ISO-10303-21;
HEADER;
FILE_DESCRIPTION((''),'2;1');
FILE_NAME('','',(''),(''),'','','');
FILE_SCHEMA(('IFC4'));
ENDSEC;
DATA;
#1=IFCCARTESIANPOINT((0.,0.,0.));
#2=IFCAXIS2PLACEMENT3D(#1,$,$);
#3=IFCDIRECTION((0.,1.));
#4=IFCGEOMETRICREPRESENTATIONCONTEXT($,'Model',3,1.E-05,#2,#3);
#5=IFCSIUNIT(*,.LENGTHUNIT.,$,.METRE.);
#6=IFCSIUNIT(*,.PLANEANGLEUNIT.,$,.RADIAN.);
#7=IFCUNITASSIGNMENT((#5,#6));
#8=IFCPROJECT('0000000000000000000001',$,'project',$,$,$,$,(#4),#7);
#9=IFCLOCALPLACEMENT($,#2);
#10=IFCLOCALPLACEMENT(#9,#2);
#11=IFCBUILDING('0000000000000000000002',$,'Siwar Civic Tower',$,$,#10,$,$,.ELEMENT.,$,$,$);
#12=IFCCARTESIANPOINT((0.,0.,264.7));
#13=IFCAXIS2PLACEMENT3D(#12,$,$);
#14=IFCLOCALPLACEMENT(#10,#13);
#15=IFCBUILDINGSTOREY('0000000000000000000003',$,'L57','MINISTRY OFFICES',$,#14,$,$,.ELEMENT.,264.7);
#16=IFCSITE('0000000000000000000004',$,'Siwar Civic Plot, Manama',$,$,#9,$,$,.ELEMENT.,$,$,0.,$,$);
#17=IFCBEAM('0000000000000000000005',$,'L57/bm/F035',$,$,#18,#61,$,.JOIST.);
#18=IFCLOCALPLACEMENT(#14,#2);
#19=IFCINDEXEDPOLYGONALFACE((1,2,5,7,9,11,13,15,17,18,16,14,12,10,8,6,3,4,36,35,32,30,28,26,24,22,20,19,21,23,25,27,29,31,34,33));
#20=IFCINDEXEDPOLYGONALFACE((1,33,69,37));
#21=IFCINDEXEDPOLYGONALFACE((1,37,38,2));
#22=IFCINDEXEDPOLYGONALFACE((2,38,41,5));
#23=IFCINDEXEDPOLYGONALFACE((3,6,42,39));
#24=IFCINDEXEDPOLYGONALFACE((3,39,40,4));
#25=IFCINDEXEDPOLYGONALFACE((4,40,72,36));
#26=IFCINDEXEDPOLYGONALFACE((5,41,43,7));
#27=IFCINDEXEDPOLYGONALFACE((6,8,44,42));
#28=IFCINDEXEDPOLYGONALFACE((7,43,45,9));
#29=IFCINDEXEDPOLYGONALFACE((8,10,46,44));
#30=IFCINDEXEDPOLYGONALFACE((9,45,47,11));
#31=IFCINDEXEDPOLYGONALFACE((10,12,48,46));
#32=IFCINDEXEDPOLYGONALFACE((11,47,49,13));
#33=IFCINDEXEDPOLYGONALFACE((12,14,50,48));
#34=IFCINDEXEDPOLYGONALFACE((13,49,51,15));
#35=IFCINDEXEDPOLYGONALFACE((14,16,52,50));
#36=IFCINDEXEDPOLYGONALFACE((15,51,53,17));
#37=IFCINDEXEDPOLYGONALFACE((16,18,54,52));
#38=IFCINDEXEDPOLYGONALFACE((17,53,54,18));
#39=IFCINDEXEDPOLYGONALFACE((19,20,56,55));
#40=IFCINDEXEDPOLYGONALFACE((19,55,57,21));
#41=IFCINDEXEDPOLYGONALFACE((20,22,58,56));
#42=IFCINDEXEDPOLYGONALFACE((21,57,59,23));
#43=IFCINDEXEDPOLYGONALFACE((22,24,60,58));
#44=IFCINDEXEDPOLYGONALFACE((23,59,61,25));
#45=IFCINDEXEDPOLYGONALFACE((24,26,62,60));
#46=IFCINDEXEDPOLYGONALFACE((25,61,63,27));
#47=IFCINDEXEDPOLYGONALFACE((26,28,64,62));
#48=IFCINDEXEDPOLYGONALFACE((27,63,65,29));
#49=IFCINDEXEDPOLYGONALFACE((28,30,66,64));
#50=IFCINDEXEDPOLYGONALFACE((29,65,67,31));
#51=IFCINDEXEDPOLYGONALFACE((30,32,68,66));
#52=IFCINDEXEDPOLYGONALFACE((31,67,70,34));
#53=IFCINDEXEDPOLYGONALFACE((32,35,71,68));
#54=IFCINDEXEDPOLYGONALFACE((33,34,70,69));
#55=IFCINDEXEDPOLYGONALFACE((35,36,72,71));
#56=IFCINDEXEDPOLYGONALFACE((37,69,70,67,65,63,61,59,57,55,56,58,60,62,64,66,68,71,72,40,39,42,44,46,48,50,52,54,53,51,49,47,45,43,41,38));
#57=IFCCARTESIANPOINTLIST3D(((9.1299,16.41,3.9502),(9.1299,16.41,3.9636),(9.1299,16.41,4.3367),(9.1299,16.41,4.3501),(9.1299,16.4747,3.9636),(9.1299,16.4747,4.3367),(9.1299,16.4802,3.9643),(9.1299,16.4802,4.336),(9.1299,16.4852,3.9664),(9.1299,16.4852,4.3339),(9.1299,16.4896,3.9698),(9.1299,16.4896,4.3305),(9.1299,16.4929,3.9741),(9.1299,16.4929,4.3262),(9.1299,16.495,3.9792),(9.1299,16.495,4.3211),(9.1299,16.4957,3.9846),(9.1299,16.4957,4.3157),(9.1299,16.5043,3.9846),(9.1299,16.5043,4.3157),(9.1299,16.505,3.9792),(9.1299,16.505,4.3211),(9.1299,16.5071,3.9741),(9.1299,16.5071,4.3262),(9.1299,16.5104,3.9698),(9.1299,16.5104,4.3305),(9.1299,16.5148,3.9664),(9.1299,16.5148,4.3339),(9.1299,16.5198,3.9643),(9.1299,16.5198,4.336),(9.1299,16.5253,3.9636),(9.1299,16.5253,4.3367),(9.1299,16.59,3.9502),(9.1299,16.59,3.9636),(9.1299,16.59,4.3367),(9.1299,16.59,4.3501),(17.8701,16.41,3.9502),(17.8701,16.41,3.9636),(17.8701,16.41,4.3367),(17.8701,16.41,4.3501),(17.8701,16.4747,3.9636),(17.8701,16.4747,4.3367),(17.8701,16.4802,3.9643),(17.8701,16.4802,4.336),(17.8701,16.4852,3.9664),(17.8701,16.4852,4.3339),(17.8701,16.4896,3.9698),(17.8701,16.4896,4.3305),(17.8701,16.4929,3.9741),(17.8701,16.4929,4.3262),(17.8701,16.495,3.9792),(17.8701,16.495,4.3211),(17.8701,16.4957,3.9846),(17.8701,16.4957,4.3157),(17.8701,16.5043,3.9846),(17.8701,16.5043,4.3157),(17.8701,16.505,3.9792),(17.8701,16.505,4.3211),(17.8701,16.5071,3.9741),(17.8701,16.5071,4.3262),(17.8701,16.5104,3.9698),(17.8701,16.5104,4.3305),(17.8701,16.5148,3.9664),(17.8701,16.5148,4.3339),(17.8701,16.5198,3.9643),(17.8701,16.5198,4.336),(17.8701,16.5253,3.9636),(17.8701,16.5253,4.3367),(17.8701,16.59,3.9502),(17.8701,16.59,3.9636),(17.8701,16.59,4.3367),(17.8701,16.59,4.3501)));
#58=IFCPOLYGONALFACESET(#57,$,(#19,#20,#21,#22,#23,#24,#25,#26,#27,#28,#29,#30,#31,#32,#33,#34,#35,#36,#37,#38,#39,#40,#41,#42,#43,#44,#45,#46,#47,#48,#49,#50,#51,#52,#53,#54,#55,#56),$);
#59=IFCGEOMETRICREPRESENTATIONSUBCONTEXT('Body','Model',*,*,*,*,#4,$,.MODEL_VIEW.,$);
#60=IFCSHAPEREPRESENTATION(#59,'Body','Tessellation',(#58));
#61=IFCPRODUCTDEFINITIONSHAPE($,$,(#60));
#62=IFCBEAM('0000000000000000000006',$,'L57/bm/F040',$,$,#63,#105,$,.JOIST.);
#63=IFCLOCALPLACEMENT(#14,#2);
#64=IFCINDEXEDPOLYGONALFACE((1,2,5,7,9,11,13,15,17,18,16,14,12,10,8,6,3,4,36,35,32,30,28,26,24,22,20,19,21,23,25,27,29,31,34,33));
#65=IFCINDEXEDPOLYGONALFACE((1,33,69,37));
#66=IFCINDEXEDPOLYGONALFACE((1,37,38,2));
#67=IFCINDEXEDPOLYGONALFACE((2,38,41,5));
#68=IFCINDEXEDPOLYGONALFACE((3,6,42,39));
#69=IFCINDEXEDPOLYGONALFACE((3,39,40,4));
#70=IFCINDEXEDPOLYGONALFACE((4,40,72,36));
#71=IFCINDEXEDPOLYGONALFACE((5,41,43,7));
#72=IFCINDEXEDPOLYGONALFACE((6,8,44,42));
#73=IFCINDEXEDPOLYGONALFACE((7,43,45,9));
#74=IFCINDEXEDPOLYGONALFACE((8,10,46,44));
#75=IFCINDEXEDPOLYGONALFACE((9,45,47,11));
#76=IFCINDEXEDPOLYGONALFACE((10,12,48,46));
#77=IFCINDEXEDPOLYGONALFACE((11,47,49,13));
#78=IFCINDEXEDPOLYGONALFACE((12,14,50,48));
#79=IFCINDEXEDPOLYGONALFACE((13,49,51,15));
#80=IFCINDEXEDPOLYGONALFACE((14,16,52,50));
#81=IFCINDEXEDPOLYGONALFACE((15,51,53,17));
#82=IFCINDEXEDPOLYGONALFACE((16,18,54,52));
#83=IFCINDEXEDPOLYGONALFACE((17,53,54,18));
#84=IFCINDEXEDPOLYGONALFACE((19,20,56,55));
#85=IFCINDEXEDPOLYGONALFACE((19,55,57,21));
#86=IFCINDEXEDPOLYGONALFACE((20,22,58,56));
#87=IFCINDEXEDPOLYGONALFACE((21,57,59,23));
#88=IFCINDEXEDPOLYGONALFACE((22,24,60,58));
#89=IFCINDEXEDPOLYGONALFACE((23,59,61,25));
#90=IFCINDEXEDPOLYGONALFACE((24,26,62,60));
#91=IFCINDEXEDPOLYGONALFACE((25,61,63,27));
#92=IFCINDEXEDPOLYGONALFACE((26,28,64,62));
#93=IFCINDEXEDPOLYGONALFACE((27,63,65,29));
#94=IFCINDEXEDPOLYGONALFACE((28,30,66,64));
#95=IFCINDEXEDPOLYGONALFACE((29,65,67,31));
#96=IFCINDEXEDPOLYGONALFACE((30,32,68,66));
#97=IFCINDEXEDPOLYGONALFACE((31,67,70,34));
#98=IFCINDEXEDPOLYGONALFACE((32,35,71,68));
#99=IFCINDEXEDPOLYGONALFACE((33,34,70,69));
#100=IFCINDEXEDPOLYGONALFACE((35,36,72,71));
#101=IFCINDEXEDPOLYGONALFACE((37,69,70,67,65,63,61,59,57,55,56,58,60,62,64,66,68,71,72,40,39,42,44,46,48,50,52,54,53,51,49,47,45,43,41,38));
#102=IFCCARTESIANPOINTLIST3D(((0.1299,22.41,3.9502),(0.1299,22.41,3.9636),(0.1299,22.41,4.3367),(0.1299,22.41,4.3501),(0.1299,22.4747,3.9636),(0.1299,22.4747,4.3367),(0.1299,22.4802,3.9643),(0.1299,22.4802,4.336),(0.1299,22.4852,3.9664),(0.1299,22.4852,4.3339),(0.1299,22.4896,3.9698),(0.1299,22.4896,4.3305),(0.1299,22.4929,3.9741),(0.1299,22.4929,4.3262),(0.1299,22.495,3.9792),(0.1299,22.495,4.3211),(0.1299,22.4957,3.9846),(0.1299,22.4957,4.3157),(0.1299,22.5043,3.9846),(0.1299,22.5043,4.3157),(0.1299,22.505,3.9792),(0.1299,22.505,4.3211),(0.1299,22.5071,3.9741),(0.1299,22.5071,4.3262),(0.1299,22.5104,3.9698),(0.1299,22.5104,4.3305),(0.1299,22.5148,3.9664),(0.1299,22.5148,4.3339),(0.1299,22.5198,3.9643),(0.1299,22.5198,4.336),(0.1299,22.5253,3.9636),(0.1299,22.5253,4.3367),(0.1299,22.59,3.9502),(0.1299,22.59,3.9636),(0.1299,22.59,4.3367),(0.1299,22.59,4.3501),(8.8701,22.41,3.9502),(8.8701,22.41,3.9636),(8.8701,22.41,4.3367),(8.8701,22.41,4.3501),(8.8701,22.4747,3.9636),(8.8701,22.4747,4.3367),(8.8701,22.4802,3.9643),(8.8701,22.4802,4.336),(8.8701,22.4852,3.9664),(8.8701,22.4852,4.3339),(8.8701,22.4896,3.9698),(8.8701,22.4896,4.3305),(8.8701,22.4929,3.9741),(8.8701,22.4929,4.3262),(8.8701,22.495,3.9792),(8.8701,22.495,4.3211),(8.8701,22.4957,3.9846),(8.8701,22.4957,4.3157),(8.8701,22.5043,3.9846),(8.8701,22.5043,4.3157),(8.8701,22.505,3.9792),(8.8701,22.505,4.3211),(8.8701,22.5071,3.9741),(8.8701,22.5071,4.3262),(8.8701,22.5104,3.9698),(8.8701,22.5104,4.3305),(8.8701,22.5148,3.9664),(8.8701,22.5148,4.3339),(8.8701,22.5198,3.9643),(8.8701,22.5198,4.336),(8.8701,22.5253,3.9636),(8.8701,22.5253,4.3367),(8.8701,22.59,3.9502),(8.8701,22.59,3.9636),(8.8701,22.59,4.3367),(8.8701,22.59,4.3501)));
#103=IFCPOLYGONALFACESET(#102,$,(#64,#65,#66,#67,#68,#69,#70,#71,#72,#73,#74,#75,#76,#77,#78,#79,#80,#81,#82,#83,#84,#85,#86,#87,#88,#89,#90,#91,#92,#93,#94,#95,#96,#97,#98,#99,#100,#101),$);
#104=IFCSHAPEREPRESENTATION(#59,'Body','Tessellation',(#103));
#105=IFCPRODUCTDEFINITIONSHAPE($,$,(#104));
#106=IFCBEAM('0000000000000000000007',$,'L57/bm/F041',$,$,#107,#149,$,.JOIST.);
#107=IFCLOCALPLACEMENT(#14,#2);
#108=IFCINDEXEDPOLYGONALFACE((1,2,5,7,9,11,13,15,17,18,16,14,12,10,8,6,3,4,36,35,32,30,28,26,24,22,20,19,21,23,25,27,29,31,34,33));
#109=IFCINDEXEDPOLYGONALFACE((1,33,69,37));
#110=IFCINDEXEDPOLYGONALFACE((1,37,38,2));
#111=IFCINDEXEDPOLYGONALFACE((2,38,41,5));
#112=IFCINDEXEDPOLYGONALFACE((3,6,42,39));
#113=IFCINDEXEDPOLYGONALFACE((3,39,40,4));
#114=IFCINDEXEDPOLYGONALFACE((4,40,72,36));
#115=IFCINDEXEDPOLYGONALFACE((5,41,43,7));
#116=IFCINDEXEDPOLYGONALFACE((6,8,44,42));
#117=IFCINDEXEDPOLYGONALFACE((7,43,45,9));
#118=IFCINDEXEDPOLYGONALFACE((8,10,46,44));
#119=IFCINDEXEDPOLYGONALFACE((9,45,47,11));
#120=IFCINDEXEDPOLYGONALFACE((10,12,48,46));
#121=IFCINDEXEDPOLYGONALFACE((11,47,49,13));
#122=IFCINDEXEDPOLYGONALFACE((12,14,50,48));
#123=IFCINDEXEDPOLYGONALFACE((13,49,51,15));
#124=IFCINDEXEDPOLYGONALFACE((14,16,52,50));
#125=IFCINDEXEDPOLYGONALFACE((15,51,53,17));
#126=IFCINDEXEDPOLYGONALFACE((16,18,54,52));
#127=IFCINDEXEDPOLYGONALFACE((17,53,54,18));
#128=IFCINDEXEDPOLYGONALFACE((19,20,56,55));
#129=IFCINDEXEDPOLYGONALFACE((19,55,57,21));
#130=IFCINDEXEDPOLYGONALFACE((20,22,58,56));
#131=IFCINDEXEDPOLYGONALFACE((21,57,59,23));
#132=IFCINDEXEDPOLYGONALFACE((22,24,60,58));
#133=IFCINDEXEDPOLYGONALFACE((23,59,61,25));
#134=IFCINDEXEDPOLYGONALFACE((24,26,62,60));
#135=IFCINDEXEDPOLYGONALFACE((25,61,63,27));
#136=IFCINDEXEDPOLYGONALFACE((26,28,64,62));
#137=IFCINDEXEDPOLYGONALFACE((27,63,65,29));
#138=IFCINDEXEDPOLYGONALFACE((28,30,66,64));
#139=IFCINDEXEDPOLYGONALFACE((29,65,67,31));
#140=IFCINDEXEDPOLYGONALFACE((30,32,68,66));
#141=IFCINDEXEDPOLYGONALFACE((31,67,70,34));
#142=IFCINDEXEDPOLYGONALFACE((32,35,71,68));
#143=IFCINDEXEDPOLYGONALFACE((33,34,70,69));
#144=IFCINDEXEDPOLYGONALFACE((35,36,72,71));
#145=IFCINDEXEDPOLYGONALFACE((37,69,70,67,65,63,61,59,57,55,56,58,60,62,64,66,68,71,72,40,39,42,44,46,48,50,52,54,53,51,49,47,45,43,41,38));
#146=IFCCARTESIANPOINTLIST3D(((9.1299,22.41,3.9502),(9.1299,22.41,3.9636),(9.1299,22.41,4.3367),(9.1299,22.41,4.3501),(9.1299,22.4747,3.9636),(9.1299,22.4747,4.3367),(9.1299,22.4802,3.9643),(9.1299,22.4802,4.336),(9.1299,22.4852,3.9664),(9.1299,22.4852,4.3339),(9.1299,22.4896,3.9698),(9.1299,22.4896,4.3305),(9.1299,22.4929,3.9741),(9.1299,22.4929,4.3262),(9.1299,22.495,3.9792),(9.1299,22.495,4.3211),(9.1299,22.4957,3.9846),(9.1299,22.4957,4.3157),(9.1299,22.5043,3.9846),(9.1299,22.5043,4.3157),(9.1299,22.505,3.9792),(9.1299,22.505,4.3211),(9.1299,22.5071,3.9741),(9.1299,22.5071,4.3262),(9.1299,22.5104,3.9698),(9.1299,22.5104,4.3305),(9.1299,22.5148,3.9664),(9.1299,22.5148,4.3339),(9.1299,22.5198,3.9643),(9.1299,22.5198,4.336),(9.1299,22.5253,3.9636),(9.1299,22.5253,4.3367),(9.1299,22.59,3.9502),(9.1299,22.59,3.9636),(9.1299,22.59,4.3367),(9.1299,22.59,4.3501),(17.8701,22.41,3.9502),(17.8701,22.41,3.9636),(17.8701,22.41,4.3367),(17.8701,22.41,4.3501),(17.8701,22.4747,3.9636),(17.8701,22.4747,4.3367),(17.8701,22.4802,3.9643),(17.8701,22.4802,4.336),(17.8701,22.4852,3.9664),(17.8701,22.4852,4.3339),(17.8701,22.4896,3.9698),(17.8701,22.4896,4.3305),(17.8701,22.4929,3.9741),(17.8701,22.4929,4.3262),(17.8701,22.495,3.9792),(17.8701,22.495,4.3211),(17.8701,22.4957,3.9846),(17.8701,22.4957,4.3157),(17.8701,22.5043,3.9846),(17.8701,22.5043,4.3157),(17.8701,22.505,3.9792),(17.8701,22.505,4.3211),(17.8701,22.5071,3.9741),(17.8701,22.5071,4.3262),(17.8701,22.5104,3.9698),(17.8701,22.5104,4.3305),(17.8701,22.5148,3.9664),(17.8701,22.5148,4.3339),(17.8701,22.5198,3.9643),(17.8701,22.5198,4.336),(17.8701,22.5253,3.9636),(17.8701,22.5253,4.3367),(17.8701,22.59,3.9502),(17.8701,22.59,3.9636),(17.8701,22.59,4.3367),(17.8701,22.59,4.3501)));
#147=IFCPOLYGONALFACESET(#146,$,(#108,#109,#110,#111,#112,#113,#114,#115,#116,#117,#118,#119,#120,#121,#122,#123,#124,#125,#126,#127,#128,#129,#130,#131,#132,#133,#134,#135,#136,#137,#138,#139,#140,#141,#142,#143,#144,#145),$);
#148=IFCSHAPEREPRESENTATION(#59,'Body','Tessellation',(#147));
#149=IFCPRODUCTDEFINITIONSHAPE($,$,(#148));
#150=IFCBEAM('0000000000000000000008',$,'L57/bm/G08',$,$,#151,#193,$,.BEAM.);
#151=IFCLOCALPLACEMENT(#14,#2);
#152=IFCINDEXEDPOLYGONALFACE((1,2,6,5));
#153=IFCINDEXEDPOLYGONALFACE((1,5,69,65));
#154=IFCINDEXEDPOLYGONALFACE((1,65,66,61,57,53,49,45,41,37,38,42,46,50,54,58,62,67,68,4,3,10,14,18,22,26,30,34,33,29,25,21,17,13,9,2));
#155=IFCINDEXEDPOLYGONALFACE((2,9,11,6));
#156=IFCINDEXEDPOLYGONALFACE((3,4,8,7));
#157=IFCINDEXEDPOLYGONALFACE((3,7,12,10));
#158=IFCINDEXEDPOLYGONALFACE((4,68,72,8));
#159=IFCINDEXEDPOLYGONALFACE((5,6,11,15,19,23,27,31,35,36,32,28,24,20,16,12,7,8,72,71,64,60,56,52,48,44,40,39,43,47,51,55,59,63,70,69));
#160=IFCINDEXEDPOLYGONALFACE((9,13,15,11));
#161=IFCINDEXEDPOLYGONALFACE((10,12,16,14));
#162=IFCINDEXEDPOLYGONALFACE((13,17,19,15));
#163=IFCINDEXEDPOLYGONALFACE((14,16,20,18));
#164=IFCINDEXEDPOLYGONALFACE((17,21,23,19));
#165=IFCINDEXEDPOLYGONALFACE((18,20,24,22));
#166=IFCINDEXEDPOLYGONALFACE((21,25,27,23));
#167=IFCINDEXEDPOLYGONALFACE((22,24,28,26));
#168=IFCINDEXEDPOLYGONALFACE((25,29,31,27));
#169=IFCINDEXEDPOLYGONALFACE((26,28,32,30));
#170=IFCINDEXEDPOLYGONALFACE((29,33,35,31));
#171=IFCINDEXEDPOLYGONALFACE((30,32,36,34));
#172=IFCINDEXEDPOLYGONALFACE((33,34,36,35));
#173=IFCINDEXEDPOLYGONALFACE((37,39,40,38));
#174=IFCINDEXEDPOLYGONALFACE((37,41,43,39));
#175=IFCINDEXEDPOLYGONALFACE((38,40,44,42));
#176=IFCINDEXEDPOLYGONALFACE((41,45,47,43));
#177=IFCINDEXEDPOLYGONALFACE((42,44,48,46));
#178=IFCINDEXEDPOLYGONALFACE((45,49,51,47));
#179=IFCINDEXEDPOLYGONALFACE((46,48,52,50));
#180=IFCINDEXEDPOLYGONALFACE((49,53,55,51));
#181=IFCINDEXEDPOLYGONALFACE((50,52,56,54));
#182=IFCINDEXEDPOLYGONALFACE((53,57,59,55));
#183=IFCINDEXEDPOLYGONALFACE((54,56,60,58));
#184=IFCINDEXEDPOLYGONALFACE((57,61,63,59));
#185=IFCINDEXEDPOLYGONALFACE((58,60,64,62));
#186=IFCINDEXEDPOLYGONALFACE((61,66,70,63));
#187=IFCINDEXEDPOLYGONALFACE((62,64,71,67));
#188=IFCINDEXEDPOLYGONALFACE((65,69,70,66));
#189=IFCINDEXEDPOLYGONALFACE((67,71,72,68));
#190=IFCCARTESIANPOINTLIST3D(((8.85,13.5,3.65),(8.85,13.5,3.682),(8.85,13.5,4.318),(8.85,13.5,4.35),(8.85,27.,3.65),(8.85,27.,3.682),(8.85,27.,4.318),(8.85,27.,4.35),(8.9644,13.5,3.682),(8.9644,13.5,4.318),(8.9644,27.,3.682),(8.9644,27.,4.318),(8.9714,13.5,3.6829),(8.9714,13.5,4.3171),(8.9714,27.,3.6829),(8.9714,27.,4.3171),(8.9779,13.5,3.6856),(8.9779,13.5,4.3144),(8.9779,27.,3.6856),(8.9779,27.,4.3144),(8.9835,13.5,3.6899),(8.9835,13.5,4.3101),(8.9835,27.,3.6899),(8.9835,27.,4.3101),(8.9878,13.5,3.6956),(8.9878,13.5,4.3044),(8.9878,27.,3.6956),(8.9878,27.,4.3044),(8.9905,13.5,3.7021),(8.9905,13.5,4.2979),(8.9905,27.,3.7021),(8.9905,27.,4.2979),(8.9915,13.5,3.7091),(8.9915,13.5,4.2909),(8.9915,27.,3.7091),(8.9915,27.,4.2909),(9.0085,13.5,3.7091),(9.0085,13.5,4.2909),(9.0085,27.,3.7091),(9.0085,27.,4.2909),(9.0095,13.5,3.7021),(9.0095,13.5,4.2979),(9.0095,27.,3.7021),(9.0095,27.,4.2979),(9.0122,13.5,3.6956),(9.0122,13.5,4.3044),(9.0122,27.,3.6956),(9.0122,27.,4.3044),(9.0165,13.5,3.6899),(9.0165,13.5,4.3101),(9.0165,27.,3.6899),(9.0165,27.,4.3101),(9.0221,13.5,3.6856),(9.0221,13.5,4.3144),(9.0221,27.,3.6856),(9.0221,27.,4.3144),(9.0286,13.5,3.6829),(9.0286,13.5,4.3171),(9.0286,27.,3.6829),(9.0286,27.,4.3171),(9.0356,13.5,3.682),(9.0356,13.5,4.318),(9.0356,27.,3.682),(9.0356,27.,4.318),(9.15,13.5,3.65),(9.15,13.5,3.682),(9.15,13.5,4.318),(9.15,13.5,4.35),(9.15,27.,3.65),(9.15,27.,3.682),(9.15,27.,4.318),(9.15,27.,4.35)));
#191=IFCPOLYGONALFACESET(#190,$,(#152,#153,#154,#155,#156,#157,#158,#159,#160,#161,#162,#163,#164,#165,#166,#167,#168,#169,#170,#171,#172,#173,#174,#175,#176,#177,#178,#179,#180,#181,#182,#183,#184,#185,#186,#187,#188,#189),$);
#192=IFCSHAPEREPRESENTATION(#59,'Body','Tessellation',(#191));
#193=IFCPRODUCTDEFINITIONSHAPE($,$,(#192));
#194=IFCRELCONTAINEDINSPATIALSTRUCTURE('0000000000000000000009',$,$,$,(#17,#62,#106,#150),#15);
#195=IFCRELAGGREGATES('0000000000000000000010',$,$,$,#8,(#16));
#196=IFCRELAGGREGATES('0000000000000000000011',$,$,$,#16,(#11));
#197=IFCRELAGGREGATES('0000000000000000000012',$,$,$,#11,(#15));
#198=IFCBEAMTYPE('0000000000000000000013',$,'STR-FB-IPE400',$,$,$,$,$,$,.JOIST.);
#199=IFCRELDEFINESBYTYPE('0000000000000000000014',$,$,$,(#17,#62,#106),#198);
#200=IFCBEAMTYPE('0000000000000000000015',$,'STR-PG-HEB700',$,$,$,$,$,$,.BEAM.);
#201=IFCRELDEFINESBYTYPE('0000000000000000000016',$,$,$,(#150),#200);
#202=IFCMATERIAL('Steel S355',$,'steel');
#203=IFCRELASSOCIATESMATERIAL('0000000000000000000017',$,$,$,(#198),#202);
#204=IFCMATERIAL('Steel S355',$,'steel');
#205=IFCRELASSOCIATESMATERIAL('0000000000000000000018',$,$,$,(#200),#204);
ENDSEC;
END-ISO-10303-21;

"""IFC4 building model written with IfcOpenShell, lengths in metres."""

from ifc_helpers import new_model, si_unit, direction, frame, origin, origin_2d, place, context, subcontext, project, spatial, i_section, extrude, material, material_profile, profile_set, type_object, element, save


model = new_model("IFC4")

# Units and contexts
model_context = context("Model", 3, precision=1e-05, world=origin(), true_north=direction((0.0, 1.0)))
body_context = subcontext(model_context, "Body", "Model", "MODEL_VIEW")
ifc_project = project(units=[si_unit("LENGTHUNIT", "METRE"), si_unit("PLANEANGLEUNIT", "RADIAN")], contexts=[model_context])

# Site, building, storey
site_placement = place(None, origin())
site = spatial("IfcSite", under=ifc_project, at=site_placement, Name="Siwar Civic Plot, Manama", CompositionType="ELEMENT", RefElevation=0.0)
building_placement = place(site_placement, origin())
building = spatial("IfcBuilding", under=site, at=building_placement, Name="Siwar Civic Tower", CompositionType="ELEMENT")
storey_placement = place(building_placement, frame((0.0, 0.0, 264.7)))
storey = spatial("IfcBuildingStorey", under=building, at=storey_placement, Name="L57", Description="MINISTRY OFFICES", CompositionType="ELEMENT", Elevation=264.7)

# Beams
ifc_material_1 = material(Name="Steel S355", Category="steel")
ifc_material_profile_1 = material_profile(ifc_material_1, i_section(OverallWidth=0.1799, OverallDepth=0.3999, WebThickness=0.0085, FlangeThickness=0.0134, FilletRadius=0.021, at=origin_2d()), Name="IPE400")
ifc_profile_set_1 = profile_set([ifc_material_profile_1], Name="Steel S355")
beam_type_1 = type_object("IfcBeamType", Name="STR-FB-IPE400", PredefinedType="JOIST", material=ifc_profile_set_1)
for number, where, z_axis, x_axis, name in (
    (1, (9.1299, 16.5, 4.1501), (1.0, 0.0, 0.0), (0.0, 1.0, 0.0), "L57/bm/F035"),
    (2, (0.1299, 22.5, 4.1501), (1.0, 0.0, 0.0), (0.0, 1.0, 0.0), "L57/bm/F040"),
    (3, (9.1299, 22.5, 4.1501), (1.0, 0.0, 0.0), (0.0, 1.0, 0.0), "L57/bm/F041"),
):
    element("IfcBeam", number, at=place(storey_placement, frame(where, z_axis=z_axis, x_axis=x_axis)), inside=storey, type_object=beam_type_1, Name=name, PredefinedType="JOIST", context=body_context, shape_type="SweptSolid", body=[
        extrude(i_section(OverallWidth=0.1799, OverallDepth=0.3999, WebThickness=0.0085, FlangeThickness=0.0134, FilletRadius=0.021, at=origin_2d()), origin(), (0.0, 0.0, 1.0), 8.7402),
    ])
ifc_material_2 = material(Name="Steel S355", Category="steel")
ifc_material_profile_2 = material_profile(ifc_material_2, i_section(OverallWidth=0.3, OverallDepth=0.7, WebThickness=0.0171, FlangeThickness=0.032, FilletRadius=0.0271, at=origin_2d()), Name="HEB700")
ifc_profile_set_2 = profile_set([ifc_material_profile_2], Name="Steel S355")
beam_type_2 = type_object("IfcBeamType", Name="STR-PG-HEB700", PredefinedType="BEAM", material=ifc_profile_set_2)
beam_1_placement = place(storey_placement, frame((9.0, 13.5, 4.0), z_axis=(0.0, 1.0, 0.0), x_axis=(-1.0, 0.0, 0.0)))
element("IfcBeam", 4, at=beam_1_placement, inside=storey, type_object=beam_type_2, Name="L57/bm/G08", PredefinedType="BEAM", context=body_context, shape_type="SweptSolid", body=[
    extrude(i_section(OverallWidth=0.3, OverallDepth=0.7, WebThickness=0.0171, FlangeThickness=0.032, FilletRadius=0.0271, at=origin_2d()), origin(), (0.0, 0.0, 1.0), 13.5),
])

save(model, "model.ifc")
